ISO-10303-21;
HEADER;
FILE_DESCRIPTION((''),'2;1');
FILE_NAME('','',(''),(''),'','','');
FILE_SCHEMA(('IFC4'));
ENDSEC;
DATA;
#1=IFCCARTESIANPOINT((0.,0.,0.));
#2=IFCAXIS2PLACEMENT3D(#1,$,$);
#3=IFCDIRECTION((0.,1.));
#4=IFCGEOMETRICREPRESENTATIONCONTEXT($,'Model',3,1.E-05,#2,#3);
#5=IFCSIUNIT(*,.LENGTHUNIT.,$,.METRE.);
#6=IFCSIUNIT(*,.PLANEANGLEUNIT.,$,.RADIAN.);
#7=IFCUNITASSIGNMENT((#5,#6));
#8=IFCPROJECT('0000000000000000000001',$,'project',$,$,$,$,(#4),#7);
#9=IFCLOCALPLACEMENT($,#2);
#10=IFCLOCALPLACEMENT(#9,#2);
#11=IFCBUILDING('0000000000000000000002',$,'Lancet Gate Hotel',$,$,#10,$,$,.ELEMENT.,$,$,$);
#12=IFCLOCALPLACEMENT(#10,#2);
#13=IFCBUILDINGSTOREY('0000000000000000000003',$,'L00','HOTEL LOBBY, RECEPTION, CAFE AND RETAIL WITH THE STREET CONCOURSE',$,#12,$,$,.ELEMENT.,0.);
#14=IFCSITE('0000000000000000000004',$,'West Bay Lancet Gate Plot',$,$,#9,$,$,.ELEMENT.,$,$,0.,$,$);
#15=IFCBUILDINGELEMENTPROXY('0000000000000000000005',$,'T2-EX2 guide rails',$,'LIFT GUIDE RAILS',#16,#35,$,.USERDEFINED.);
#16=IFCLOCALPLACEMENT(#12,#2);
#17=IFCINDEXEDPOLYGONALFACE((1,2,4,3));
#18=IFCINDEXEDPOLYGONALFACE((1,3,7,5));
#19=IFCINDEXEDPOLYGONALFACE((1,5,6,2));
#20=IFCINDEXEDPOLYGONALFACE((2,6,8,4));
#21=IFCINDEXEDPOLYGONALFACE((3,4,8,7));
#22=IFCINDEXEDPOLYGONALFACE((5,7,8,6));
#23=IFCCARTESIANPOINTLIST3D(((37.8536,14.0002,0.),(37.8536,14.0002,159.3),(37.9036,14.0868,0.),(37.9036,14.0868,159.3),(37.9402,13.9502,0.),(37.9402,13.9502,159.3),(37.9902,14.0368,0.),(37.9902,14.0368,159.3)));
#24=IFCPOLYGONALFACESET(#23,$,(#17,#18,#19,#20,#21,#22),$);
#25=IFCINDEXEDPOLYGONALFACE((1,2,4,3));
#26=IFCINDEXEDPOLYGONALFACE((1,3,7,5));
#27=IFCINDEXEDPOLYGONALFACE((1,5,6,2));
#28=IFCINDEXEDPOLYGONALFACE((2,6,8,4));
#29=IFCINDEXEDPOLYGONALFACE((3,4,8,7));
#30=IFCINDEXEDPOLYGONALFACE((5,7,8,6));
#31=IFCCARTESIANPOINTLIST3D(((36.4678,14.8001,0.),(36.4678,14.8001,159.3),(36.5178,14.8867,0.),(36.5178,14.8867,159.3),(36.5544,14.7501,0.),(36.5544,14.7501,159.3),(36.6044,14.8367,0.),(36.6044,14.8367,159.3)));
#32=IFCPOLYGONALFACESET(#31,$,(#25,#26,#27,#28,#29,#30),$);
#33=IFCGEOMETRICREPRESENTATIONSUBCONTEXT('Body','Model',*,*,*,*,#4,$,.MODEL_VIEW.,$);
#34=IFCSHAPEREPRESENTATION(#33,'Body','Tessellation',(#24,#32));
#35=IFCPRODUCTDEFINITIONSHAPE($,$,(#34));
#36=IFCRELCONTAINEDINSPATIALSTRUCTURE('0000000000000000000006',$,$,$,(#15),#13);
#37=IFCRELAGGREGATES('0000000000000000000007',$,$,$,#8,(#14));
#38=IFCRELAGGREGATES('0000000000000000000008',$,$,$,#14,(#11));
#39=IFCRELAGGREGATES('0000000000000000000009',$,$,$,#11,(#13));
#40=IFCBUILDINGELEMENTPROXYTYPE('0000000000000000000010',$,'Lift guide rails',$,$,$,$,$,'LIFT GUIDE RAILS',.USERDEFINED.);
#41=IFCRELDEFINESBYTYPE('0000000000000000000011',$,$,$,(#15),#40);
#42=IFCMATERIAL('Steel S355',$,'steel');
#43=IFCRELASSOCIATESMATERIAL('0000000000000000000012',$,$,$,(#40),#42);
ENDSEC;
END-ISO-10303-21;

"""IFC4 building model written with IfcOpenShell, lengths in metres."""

from ifc_helpers import new_model, si_unit, direction, frame, origin, origin_2d, place, context, subcontext, project, spatial, rectangle, extrude, material, type_object, element, save


model = new_model("IFC4")

# Units and contexts
model_context = context("Model", 3, precision=1e-05, world=origin(), true_north=direction((0.0, 1.0)))
body_context = subcontext(model_context, "Body", "Model", "MODEL_VIEW")
ifc_project = project(units=[si_unit("LENGTHUNIT", "METRE"), si_unit("PLANEANGLEUNIT", "RADIAN")], contexts=[model_context])

# Site, building, storey
site_placement = place(None, origin())
site = spatial("IfcSite", under=ifc_project, at=site_placement, Name="West Bay Lancet Gate Plot", CompositionType="ELEMENT", RefElevation=0.0)
building_placement = place(site_placement, origin())
building = spatial("IfcBuilding", under=site, at=building_placement, Name="Lancet Gate Hotel", CompositionType="ELEMENT")
storey_placement = place(building_placement, origin())
storey = spatial("IfcBuildingStorey", under=building, at=storey_placement, Name="L00", Description="HOTEL LOBBY, RECEPTION, CAFE AND RETAIL WITH THE STREET CONCOURSE", CompositionType="ELEMENT", Elevation=0.0)

# Building element proxy
ifc_material_1 = material(Name="Steel S355", Category="steel")
building_element_proxy_type = type_object("IfcBuildingElementProxyType", Name="Lift guide rails", ElementType="LIFT GUIDE RAILS", PredefinedType="USERDEFINED", material=ifc_material_1)
proxy_placement = place(storey_placement, frame((37.229, 14.4185, 0.0), z_axis=(0.0, 0.0, 1.0), x_axis=(0.499917, 0.866073, 0.0)))
element("IfcBuildingElementProxy", 1, at=proxy_placement, inside=storey, type_object=building_element_proxy_type, Name="T2-EX2 guide rails", ObjectType="LIFT GUIDE RAILS", PredefinedType="USERDEFINED", context=body_context, shape_type="SweptSolid", body=[
    extrude(rectangle(XDim=0.1, YDim=0.1, at=origin_2d()), frame((0.0, -0.8, 0.0)), (0.0, 0.0, 1.0), 159.3),
    extrude(rectangle(XDim=0.1, YDim=0.1, at=origin_2d()), frame((0.0, 0.8, 0.0)), (0.0, 0.0, 1.0), 159.3),
])

save(model, "model.ifc")
